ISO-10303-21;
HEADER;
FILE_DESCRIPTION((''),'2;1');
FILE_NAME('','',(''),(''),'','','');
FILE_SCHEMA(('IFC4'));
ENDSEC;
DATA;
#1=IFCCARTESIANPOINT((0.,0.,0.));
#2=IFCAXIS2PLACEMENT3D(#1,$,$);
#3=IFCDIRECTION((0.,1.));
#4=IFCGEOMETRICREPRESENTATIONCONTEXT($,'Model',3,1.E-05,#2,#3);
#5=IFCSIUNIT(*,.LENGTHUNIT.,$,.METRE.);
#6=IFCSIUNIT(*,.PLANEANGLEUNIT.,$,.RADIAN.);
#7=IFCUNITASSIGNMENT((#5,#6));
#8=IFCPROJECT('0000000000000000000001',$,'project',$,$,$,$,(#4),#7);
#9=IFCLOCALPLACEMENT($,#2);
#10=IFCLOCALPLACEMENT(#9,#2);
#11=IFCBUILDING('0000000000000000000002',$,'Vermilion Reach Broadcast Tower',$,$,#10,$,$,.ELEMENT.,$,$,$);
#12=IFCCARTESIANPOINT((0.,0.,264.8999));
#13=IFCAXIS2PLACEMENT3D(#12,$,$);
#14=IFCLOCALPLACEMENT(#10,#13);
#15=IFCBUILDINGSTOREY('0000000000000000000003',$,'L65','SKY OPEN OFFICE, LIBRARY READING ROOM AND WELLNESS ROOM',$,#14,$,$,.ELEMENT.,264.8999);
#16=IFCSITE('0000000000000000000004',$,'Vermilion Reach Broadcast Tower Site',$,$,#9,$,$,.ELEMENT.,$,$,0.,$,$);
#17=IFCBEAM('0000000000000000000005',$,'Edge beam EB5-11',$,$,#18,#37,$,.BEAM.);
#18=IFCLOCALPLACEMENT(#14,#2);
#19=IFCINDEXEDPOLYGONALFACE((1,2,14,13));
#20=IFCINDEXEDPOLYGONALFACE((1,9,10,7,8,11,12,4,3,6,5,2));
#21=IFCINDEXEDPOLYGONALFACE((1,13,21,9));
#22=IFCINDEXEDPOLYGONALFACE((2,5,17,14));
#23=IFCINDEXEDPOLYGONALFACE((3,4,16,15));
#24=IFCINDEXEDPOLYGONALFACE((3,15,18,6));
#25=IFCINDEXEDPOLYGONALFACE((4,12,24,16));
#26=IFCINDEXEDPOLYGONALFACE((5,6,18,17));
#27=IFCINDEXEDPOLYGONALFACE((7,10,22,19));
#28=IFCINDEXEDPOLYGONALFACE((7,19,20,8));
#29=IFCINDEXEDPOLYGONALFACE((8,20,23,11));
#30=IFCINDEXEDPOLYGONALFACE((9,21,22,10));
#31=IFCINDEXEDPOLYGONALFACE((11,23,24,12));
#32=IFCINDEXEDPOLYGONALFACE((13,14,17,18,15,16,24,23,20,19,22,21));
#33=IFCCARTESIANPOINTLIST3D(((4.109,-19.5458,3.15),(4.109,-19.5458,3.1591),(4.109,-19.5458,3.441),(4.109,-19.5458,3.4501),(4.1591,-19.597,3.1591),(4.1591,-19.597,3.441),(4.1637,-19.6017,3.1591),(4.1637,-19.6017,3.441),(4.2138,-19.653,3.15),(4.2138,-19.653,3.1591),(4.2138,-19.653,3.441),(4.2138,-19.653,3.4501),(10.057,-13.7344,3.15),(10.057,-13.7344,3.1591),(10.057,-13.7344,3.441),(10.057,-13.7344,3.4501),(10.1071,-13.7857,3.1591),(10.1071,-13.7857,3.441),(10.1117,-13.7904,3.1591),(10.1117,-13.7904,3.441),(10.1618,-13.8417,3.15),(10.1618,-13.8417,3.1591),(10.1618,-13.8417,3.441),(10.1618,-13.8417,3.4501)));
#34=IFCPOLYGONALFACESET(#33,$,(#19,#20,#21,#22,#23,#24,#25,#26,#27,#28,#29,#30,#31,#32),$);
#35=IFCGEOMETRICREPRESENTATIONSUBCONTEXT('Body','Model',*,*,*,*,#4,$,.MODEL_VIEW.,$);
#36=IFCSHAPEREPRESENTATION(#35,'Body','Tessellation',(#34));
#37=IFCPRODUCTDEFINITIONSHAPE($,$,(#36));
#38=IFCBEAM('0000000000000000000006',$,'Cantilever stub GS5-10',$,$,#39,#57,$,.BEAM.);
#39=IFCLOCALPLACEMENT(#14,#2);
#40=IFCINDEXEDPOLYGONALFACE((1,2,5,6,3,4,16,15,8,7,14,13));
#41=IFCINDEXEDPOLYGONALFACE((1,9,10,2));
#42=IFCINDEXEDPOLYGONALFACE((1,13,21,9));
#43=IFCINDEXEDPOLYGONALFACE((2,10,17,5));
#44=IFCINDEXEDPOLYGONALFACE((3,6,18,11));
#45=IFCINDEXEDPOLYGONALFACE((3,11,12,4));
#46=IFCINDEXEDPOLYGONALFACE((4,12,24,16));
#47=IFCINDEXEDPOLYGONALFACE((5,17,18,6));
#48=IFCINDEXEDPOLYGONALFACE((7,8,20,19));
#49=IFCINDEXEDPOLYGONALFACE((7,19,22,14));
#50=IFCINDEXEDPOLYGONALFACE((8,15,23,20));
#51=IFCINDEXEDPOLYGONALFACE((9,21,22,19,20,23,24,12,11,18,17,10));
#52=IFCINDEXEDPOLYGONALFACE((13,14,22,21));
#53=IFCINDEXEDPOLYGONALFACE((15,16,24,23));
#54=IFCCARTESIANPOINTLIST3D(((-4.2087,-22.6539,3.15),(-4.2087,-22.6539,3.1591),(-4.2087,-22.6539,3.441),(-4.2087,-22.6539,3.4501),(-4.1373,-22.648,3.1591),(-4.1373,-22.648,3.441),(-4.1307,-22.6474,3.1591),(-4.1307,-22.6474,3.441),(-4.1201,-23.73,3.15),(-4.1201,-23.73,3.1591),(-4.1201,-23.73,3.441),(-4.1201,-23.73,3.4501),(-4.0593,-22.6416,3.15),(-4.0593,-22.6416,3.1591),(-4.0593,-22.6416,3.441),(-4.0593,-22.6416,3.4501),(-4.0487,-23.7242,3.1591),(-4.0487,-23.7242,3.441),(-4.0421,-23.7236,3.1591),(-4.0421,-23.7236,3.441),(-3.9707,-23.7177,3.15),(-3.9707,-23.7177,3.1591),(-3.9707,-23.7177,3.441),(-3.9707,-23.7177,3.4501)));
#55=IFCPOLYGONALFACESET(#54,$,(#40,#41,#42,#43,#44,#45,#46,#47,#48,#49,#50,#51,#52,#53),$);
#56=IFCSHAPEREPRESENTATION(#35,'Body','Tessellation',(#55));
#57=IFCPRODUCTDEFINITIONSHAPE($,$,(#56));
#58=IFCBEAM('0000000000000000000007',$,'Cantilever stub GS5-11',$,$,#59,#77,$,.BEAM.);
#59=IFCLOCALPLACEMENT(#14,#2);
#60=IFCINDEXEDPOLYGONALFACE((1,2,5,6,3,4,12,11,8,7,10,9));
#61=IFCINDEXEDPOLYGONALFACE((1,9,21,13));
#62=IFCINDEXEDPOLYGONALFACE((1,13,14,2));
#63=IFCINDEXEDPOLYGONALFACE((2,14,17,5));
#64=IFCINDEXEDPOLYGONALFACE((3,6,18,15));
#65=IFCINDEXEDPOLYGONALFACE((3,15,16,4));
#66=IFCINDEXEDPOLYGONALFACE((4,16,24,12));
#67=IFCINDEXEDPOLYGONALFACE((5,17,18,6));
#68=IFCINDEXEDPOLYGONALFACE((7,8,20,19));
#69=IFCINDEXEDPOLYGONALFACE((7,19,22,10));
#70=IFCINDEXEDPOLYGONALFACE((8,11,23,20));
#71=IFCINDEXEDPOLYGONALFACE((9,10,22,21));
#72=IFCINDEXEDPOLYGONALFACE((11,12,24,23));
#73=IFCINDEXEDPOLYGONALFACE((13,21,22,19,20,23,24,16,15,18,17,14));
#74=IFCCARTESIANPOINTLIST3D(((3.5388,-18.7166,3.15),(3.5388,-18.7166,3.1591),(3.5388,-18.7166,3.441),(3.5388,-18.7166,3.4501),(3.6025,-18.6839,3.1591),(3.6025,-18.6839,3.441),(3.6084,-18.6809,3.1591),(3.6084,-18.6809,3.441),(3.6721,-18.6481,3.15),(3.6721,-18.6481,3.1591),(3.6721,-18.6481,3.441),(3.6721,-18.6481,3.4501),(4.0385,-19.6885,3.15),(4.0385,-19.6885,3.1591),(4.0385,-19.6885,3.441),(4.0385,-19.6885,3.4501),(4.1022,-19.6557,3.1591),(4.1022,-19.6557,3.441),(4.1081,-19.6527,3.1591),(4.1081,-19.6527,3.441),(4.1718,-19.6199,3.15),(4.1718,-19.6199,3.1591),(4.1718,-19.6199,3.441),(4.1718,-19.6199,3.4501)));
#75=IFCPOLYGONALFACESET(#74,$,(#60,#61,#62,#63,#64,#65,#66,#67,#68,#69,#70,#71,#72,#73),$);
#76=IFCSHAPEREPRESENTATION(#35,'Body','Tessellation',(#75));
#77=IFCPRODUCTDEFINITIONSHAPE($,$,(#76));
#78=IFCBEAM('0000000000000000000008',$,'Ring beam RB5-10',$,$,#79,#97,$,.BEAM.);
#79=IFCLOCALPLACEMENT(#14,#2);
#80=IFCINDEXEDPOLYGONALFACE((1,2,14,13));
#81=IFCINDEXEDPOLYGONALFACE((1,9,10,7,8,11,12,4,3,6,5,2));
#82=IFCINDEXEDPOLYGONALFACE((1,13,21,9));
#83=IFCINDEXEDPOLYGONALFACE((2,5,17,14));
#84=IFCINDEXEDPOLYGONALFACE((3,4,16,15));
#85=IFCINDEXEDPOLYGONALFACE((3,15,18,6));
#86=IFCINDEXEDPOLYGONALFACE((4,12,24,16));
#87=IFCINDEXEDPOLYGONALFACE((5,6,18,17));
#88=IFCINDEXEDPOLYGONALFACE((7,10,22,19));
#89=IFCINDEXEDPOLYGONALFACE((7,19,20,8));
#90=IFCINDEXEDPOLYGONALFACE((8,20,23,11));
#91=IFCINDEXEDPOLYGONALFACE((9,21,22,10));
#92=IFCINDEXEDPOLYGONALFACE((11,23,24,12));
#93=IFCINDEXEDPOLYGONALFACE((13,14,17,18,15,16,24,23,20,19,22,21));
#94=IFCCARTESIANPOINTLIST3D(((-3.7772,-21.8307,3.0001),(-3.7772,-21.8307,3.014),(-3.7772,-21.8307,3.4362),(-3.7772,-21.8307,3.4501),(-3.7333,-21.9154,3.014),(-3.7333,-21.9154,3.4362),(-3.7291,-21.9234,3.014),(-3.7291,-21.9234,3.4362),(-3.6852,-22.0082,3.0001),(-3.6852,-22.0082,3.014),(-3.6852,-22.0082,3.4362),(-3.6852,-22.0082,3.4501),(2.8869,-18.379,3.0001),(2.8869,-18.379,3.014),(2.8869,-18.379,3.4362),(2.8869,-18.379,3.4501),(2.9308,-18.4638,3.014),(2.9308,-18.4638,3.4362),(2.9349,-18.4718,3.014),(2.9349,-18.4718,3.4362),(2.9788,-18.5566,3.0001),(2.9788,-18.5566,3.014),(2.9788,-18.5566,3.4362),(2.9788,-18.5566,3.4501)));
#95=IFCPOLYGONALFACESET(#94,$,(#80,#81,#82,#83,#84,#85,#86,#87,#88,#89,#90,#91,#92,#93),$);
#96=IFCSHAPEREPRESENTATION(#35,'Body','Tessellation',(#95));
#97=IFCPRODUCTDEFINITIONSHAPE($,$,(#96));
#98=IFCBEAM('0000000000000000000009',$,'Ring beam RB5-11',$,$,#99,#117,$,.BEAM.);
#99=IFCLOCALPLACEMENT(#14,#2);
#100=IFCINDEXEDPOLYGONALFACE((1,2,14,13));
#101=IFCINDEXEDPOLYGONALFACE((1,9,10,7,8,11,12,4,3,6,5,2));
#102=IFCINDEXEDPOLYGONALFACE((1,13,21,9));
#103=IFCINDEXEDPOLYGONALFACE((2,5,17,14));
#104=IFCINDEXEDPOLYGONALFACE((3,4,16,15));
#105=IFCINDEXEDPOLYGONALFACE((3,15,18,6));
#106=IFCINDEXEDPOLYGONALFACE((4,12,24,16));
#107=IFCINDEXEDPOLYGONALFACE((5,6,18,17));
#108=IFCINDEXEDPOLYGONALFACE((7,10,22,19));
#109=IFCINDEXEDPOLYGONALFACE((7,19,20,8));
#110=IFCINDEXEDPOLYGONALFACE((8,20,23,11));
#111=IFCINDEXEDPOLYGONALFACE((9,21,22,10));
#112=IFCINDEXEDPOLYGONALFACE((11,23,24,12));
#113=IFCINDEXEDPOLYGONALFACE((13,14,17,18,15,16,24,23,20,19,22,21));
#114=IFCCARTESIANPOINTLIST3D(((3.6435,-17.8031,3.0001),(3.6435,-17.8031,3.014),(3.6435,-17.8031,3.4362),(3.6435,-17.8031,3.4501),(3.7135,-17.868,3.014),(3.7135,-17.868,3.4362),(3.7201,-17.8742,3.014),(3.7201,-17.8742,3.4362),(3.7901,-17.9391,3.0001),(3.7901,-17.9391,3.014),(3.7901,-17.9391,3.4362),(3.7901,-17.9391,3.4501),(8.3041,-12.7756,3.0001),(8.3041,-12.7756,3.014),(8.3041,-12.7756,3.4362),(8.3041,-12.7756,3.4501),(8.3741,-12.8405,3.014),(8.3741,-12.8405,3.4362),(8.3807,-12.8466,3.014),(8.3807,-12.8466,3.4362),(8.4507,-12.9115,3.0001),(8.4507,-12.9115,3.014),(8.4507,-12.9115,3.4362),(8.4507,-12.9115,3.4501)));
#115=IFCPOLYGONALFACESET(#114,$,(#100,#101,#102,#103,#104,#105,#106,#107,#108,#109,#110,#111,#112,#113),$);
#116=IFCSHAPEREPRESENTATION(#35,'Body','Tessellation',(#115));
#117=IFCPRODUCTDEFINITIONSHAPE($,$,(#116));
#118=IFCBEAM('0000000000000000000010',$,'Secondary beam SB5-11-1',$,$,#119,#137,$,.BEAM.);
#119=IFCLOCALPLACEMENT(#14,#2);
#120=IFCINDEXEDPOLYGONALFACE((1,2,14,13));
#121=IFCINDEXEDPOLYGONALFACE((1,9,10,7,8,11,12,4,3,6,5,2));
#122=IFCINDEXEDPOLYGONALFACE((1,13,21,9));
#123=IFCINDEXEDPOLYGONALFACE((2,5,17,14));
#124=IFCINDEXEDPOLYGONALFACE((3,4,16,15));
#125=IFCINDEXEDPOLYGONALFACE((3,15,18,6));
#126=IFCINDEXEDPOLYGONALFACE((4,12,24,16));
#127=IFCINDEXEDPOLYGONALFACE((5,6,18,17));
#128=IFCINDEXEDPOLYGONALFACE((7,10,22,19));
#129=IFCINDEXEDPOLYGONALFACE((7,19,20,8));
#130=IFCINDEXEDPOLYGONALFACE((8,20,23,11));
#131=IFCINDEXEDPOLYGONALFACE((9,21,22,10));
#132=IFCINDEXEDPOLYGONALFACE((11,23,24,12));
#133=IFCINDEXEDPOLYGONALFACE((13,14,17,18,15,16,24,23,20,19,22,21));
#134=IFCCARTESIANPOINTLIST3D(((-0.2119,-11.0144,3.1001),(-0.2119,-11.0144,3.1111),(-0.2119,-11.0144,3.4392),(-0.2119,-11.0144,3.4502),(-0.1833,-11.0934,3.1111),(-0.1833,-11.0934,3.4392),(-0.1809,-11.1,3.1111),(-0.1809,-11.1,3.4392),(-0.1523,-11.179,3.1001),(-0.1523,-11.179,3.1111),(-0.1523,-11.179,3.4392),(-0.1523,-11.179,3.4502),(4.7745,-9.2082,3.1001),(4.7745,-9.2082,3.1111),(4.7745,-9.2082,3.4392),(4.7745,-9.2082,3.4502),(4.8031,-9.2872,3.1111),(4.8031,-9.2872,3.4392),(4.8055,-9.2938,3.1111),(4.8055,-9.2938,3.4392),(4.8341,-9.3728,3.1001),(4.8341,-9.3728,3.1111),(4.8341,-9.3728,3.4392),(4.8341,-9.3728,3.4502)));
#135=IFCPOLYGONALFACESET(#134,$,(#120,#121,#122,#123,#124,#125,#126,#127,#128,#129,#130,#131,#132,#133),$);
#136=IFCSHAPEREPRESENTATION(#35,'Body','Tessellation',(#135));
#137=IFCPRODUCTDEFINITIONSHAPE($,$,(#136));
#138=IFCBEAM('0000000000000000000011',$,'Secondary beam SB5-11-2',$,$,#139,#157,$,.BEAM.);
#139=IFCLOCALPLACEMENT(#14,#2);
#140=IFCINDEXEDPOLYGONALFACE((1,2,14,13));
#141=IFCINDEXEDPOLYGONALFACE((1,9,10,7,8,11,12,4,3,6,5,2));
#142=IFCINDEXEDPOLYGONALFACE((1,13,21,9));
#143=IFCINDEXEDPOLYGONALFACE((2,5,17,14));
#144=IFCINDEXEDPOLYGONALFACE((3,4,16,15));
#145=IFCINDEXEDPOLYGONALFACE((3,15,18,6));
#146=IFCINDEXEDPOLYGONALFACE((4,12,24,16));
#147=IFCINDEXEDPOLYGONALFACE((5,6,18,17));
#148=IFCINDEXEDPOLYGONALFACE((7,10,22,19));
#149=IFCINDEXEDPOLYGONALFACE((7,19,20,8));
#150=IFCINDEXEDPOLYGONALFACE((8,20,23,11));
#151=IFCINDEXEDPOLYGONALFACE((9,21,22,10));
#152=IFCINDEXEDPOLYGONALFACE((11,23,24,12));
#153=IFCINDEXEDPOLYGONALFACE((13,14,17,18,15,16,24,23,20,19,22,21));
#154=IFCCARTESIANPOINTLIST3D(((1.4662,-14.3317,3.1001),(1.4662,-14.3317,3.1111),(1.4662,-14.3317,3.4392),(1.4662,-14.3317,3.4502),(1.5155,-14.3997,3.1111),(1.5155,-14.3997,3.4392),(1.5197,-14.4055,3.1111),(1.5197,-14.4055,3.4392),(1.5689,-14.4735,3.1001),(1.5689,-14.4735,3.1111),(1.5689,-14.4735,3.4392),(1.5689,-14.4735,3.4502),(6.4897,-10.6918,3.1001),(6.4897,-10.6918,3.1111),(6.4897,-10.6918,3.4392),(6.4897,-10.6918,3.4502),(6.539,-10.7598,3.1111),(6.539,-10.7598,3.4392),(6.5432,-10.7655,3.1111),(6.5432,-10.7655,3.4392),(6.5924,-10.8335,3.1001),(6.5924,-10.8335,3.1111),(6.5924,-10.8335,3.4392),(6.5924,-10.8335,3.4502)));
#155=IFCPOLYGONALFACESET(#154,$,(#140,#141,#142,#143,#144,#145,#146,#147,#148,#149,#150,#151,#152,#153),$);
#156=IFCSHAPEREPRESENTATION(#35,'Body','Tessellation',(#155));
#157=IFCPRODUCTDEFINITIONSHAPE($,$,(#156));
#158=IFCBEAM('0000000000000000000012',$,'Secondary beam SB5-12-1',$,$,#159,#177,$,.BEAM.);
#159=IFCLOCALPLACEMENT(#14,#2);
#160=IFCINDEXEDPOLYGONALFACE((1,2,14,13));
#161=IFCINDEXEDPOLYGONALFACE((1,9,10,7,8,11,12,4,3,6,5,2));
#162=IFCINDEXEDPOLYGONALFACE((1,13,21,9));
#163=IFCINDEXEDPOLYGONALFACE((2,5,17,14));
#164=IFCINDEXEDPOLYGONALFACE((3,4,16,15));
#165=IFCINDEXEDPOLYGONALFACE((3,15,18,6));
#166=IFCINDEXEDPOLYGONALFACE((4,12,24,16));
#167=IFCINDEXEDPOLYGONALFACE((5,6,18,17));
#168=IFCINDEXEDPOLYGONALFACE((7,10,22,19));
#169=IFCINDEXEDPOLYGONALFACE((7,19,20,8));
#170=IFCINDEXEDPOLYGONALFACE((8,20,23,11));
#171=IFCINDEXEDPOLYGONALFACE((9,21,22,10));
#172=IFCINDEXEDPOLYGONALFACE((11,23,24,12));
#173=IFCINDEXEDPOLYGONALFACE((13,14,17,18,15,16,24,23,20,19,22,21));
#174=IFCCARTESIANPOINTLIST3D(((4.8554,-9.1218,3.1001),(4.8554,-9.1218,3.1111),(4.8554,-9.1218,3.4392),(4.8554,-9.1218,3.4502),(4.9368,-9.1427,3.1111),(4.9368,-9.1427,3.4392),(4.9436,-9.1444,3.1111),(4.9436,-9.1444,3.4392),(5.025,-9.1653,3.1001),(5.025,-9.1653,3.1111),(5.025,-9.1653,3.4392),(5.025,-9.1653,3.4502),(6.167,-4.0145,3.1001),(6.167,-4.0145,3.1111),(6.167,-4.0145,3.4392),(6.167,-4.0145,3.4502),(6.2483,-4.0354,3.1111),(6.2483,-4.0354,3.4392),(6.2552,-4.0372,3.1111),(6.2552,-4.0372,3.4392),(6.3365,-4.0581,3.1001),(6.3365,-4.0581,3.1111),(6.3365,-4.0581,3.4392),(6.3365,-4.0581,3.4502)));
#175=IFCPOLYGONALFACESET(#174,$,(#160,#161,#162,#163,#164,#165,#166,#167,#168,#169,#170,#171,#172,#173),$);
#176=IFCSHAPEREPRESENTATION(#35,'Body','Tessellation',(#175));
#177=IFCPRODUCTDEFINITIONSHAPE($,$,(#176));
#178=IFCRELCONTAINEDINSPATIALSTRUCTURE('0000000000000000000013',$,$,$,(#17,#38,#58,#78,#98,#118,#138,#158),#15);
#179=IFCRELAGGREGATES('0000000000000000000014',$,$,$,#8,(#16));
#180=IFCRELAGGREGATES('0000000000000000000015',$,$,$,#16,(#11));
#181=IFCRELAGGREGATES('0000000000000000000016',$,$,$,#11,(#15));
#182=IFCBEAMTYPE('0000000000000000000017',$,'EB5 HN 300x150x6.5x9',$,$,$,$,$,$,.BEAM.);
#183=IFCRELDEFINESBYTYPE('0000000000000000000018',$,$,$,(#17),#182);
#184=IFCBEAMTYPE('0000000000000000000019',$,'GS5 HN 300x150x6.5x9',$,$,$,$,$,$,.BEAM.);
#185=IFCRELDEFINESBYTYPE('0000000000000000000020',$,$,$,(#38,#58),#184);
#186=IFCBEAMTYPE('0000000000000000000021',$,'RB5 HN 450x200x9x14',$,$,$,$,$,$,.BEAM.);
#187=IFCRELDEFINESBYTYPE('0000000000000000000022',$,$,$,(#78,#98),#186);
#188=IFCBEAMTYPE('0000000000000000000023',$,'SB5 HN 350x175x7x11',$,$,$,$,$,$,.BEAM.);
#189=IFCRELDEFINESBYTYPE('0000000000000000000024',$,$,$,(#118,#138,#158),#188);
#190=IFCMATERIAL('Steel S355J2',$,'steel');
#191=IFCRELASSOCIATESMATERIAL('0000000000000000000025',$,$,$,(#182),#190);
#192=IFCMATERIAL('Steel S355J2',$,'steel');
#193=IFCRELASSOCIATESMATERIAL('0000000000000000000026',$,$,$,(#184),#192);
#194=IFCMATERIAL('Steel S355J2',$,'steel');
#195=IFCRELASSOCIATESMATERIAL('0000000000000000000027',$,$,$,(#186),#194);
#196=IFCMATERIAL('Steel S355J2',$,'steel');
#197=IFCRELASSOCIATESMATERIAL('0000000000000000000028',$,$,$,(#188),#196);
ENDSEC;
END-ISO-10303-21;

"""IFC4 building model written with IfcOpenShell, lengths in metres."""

from ifc_helpers import new_model, si_unit, direction, frame, origin, origin_2d, place, context, subcontext, project, spatial, i_section, extrude, material, material_profile, profile_set, type_object, element, save


model = new_model("IFC4")

# Units and contexts
model_context = context("Model", 3, precision=1e-05, world=origin(), true_north=direction((0.0, 1.0)))
body_context = subcontext(model_context, "Body", "Model", "MODEL_VIEW")
ifc_project = project(units=[si_unit("LENGTHUNIT", "METRE"), si_unit("PLANEANGLEUNIT", "RADIAN")], contexts=[model_context])

# Site, building, storey
site_placement = place(None, origin())
site = spatial("IfcSite", under=ifc_project, at=site_placement, Name="Vermilion Reach Broadcast Tower Site", CompositionType="ELEMENT", RefElevation=0.0)
building_placement = place(site_placement, origin())
building = spatial("IfcBuilding", under=site, at=building_placement, Name="Vermilion Reach Broadcast Tower", CompositionType="ELEMENT")
storey_placement = place(building_placement, frame((0.0, 0.0, 264.8999)))
storey = spatial("IfcBuildingStorey", under=building, at=storey_placement, Name="L65", Description="SKY OPEN OFFICE, LIBRARY READING ROOM AND WELLNESS ROOM", CompositionType="ELEMENT", Elevation=264.8999)

# Beams
ifc_material_1 = material(Name="Steel S355J2", Category="steel")
ifc_material_profile_1 = material_profile(ifc_material_1, i_section(OverallWidth=0.1499, OverallDepth=0.3, WebThickness=0.0066, FlangeThickness=0.009, at=origin_2d()), Name="S355J2 HN 300x150x6.5x9")
ifc_profile_set_1 = profile_set([ifc_material_profile_1], Name="Steel S355J2")
beam_type_1 = type_object("IfcBeamType", Name="EB5 HN 300x150x6.5x9", PredefinedType="BEAM", material=ifc_profile_set_1)
beam_1_placement = place(storey_placement, frame((4.1614, -19.5994, 3.3), z_axis=(0.71528, 0.698838, 0.0), x_axis=(-0.698838, 0.71528, 0.0)))
element("IfcBeam", 1, at=beam_1_placement, inside=storey, type_object=beam_type_1, Name="Edge beam EB5-11", PredefinedType="BEAM", context=body_context, shape_type="SweptSolid", body=[
    extrude(i_section(OverallWidth=0.1499, OverallDepth=0.3, WebThickness=0.0066, FlangeThickness=0.009, at=origin_2d()), origin(), (0.0, 0.0, 1.0), 8.3157),
])
ifc_material_2 = material(Name="Steel S355J2", Category="steel")
ifc_material_profile_2 = material_profile(ifc_material_2, i_section(OverallWidth=0.1499, OverallDepth=0.3, WebThickness=0.0066, FlangeThickness=0.009, at=origin_2d()), Name="S355J2 HN 300x150x6.5x9")
ifc_profile_set_2 = profile_set([ifc_material_profile_2], Name="Steel S355J2")
beam_type_2 = type_object("IfcBeamType", Name="GS5 HN 300x150x6.5x9", PredefinedType="BEAM", material=ifc_profile_set_2)
beam_2_placement = place(storey_placement, frame((-4.134, -22.6477, 3.3), z_axis=(0.082072, -0.996626, 0.0), x_axis=(0.996626, 0.082072, 0.0)))
element("IfcBeam", 2, at=beam_2_placement, inside=storey, type_object=beam_type_2, Name="Cantilever stub GS5-10", PredefinedType="BEAM", context=body_context, shape_type="SweptSolid", body=[
    extrude(i_section(OverallWidth=0.1499, OverallDepth=0.3, WebThickness=0.0066, FlangeThickness=0.009, at=origin_2d()), origin(), (0.0, 0.0, 1.0), 1.0798),
])
beam_3_placement = place(storey_placement, frame((3.6055, -18.6824, 3.3), z_axis=(0.457282, -0.889322, 0.0), x_axis=(0.889322, 0.457282, 0.0)))
element("IfcBeam", 3, at=beam_3_placement, inside=storey, type_object=beam_type_2, Name="Cantilever stub GS5-11", PredefinedType="BEAM", context=body_context, shape_type="SweptSolid", body=[
    extrude(i_section(OverallWidth=0.1499, OverallDepth=0.3, WebThickness=0.0066, FlangeThickness=0.009, at=origin_2d()), origin(), (0.0, 0.0, 1.0), 1.0928),
])
ifc_material_3 = material(Name="Steel S355J2", Category="steel")
ifc_material_profile_3 = material_profile(ifc_material_3, i_section(OverallWidth=0.2, OverallDepth=0.45, WebThickness=0.009, FlangeThickness=0.0139, at=origin_2d()), Name="S355J2 HN 450x200x9x14")
ifc_profile_set_3 = profile_set([ifc_material_profile_3], Name="Steel S355J2")
beam_type_3 = type_object("IfcBeamType", Name="RB5 HN 450x200x9x14", PredefinedType="BEAM", material=ifc_profile_set_3)
beam_4_placement = place(storey_placement, frame((-3.7312, -21.9194, 3.2251), z_axis=(0.88796, 0.45992, 0.0), x_axis=(-0.45992, 0.88796, 0.0)))
element("IfcBeam", 4, at=beam_4_placement, inside=storey, type_object=beam_type_3, Name="Ring beam RB5-10", PredefinedType="BEAM", context=body_context, shape_type="SweptSolid", body=[
    extrude(i_section(OverallWidth=0.2, OverallDepth=0.45, WebThickness=0.009, FlangeThickness=0.0139, at=origin_2d()), origin(), (0.0, 0.0, 1.0), 7.5049),
])
beam_5_placement = place(storey_placement, frame((3.7168, -17.8711, 3.2251), z_axis=(0.679838, 0.733363, 0.0), x_axis=(-0.733363, 0.679838, 0.0)))
element("IfcBeam", 5, at=beam_5_placement, inside=storey, type_object=beam_type_3, Name="Ring beam RB5-11", PredefinedType="BEAM", context=body_context, shape_type="SweptSolid", body=[
    extrude(i_section(OverallWidth=0.2, OverallDepth=0.45, WebThickness=0.009, FlangeThickness=0.0139, at=origin_2d()), origin(), (0.0, 0.0, 1.0), 6.8555),
])
ifc_material_4 = material(Name="Steel S355J2", Category="steel")
ifc_material_profile_4 = material_profile(ifc_material_4, i_section(OverallWidth=0.175, OverallDepth=0.3501, WebThickness=0.0071, FlangeThickness=0.011, at=origin_2d()), Name="S355J2 HN 350x175x7x11")
ifc_profile_set_4 = profile_set([ifc_material_profile_4], Name="Steel S355J2")
beam_type_4 = type_object("IfcBeamType", Name="SB5 HN 350x175x7x11", PredefinedType="BEAM", material=ifc_profile_set_4)
beam_6_placement = place(storey_placement, frame((-0.1821, -11.0967, 3.2751), z_axis=(0.94022, 0.340567, 0.0), x_axis=(-0.340567, 0.94022, 0.0)))
element("IfcBeam", 6, at=beam_6_placement, inside=storey, type_object=beam_type_4, Name="Secondary beam SB5-11-1", PredefinedType="BEAM", context=body_context, shape_type="SweptSolid", body=[
    extrude(i_section(OverallWidth=0.175, OverallDepth=0.3501, WebThickness=0.0071, FlangeThickness=0.011, at=origin_2d()), origin(), (0.0, 0.0, 1.0), 5.3035),
])
beam_7_placement = place(storey_placement, frame((1.5176, -14.4026, 3.2751), z_axis=(0.809771, 0.586746, 0.0), x_axis=(-0.586746, 0.809771, 0.0)))
element("IfcBeam", 7, at=beam_7_placement, inside=storey, type_object=beam_type_4, Name="Secondary beam SB5-11-2", PredefinedType="BEAM", context=body_context, shape_type="SweptSolid", body=[
    extrude(i_section(OverallWidth=0.175, OverallDepth=0.3501, WebThickness=0.0071, FlangeThickness=0.011, at=origin_2d()), origin(), (0.0, 0.0, 1.0), 6.2036),
])
beam_8_placement = place(storey_placement, frame((4.9402, -9.1436, 3.2751), z_axis=(0.24873, 0.968573, 0.0), x_axis=(-0.968573, 0.24873, 0.0)))
element("IfcBeam", 8, at=beam_8_placement, inside=storey, type_object=beam_type_4, Name="Secondary beam SB5-12-1", PredefinedType="BEAM", context=body_context, shape_type="SweptSolid", body=[
    extrude(i_section(OverallWidth=0.175, OverallDepth=0.3501, WebThickness=0.0071, FlangeThickness=0.011, at=origin_2d()), origin(), (0.0, 0.0, 1.0), 5.2729),
])

save(model, "model.ifc")
